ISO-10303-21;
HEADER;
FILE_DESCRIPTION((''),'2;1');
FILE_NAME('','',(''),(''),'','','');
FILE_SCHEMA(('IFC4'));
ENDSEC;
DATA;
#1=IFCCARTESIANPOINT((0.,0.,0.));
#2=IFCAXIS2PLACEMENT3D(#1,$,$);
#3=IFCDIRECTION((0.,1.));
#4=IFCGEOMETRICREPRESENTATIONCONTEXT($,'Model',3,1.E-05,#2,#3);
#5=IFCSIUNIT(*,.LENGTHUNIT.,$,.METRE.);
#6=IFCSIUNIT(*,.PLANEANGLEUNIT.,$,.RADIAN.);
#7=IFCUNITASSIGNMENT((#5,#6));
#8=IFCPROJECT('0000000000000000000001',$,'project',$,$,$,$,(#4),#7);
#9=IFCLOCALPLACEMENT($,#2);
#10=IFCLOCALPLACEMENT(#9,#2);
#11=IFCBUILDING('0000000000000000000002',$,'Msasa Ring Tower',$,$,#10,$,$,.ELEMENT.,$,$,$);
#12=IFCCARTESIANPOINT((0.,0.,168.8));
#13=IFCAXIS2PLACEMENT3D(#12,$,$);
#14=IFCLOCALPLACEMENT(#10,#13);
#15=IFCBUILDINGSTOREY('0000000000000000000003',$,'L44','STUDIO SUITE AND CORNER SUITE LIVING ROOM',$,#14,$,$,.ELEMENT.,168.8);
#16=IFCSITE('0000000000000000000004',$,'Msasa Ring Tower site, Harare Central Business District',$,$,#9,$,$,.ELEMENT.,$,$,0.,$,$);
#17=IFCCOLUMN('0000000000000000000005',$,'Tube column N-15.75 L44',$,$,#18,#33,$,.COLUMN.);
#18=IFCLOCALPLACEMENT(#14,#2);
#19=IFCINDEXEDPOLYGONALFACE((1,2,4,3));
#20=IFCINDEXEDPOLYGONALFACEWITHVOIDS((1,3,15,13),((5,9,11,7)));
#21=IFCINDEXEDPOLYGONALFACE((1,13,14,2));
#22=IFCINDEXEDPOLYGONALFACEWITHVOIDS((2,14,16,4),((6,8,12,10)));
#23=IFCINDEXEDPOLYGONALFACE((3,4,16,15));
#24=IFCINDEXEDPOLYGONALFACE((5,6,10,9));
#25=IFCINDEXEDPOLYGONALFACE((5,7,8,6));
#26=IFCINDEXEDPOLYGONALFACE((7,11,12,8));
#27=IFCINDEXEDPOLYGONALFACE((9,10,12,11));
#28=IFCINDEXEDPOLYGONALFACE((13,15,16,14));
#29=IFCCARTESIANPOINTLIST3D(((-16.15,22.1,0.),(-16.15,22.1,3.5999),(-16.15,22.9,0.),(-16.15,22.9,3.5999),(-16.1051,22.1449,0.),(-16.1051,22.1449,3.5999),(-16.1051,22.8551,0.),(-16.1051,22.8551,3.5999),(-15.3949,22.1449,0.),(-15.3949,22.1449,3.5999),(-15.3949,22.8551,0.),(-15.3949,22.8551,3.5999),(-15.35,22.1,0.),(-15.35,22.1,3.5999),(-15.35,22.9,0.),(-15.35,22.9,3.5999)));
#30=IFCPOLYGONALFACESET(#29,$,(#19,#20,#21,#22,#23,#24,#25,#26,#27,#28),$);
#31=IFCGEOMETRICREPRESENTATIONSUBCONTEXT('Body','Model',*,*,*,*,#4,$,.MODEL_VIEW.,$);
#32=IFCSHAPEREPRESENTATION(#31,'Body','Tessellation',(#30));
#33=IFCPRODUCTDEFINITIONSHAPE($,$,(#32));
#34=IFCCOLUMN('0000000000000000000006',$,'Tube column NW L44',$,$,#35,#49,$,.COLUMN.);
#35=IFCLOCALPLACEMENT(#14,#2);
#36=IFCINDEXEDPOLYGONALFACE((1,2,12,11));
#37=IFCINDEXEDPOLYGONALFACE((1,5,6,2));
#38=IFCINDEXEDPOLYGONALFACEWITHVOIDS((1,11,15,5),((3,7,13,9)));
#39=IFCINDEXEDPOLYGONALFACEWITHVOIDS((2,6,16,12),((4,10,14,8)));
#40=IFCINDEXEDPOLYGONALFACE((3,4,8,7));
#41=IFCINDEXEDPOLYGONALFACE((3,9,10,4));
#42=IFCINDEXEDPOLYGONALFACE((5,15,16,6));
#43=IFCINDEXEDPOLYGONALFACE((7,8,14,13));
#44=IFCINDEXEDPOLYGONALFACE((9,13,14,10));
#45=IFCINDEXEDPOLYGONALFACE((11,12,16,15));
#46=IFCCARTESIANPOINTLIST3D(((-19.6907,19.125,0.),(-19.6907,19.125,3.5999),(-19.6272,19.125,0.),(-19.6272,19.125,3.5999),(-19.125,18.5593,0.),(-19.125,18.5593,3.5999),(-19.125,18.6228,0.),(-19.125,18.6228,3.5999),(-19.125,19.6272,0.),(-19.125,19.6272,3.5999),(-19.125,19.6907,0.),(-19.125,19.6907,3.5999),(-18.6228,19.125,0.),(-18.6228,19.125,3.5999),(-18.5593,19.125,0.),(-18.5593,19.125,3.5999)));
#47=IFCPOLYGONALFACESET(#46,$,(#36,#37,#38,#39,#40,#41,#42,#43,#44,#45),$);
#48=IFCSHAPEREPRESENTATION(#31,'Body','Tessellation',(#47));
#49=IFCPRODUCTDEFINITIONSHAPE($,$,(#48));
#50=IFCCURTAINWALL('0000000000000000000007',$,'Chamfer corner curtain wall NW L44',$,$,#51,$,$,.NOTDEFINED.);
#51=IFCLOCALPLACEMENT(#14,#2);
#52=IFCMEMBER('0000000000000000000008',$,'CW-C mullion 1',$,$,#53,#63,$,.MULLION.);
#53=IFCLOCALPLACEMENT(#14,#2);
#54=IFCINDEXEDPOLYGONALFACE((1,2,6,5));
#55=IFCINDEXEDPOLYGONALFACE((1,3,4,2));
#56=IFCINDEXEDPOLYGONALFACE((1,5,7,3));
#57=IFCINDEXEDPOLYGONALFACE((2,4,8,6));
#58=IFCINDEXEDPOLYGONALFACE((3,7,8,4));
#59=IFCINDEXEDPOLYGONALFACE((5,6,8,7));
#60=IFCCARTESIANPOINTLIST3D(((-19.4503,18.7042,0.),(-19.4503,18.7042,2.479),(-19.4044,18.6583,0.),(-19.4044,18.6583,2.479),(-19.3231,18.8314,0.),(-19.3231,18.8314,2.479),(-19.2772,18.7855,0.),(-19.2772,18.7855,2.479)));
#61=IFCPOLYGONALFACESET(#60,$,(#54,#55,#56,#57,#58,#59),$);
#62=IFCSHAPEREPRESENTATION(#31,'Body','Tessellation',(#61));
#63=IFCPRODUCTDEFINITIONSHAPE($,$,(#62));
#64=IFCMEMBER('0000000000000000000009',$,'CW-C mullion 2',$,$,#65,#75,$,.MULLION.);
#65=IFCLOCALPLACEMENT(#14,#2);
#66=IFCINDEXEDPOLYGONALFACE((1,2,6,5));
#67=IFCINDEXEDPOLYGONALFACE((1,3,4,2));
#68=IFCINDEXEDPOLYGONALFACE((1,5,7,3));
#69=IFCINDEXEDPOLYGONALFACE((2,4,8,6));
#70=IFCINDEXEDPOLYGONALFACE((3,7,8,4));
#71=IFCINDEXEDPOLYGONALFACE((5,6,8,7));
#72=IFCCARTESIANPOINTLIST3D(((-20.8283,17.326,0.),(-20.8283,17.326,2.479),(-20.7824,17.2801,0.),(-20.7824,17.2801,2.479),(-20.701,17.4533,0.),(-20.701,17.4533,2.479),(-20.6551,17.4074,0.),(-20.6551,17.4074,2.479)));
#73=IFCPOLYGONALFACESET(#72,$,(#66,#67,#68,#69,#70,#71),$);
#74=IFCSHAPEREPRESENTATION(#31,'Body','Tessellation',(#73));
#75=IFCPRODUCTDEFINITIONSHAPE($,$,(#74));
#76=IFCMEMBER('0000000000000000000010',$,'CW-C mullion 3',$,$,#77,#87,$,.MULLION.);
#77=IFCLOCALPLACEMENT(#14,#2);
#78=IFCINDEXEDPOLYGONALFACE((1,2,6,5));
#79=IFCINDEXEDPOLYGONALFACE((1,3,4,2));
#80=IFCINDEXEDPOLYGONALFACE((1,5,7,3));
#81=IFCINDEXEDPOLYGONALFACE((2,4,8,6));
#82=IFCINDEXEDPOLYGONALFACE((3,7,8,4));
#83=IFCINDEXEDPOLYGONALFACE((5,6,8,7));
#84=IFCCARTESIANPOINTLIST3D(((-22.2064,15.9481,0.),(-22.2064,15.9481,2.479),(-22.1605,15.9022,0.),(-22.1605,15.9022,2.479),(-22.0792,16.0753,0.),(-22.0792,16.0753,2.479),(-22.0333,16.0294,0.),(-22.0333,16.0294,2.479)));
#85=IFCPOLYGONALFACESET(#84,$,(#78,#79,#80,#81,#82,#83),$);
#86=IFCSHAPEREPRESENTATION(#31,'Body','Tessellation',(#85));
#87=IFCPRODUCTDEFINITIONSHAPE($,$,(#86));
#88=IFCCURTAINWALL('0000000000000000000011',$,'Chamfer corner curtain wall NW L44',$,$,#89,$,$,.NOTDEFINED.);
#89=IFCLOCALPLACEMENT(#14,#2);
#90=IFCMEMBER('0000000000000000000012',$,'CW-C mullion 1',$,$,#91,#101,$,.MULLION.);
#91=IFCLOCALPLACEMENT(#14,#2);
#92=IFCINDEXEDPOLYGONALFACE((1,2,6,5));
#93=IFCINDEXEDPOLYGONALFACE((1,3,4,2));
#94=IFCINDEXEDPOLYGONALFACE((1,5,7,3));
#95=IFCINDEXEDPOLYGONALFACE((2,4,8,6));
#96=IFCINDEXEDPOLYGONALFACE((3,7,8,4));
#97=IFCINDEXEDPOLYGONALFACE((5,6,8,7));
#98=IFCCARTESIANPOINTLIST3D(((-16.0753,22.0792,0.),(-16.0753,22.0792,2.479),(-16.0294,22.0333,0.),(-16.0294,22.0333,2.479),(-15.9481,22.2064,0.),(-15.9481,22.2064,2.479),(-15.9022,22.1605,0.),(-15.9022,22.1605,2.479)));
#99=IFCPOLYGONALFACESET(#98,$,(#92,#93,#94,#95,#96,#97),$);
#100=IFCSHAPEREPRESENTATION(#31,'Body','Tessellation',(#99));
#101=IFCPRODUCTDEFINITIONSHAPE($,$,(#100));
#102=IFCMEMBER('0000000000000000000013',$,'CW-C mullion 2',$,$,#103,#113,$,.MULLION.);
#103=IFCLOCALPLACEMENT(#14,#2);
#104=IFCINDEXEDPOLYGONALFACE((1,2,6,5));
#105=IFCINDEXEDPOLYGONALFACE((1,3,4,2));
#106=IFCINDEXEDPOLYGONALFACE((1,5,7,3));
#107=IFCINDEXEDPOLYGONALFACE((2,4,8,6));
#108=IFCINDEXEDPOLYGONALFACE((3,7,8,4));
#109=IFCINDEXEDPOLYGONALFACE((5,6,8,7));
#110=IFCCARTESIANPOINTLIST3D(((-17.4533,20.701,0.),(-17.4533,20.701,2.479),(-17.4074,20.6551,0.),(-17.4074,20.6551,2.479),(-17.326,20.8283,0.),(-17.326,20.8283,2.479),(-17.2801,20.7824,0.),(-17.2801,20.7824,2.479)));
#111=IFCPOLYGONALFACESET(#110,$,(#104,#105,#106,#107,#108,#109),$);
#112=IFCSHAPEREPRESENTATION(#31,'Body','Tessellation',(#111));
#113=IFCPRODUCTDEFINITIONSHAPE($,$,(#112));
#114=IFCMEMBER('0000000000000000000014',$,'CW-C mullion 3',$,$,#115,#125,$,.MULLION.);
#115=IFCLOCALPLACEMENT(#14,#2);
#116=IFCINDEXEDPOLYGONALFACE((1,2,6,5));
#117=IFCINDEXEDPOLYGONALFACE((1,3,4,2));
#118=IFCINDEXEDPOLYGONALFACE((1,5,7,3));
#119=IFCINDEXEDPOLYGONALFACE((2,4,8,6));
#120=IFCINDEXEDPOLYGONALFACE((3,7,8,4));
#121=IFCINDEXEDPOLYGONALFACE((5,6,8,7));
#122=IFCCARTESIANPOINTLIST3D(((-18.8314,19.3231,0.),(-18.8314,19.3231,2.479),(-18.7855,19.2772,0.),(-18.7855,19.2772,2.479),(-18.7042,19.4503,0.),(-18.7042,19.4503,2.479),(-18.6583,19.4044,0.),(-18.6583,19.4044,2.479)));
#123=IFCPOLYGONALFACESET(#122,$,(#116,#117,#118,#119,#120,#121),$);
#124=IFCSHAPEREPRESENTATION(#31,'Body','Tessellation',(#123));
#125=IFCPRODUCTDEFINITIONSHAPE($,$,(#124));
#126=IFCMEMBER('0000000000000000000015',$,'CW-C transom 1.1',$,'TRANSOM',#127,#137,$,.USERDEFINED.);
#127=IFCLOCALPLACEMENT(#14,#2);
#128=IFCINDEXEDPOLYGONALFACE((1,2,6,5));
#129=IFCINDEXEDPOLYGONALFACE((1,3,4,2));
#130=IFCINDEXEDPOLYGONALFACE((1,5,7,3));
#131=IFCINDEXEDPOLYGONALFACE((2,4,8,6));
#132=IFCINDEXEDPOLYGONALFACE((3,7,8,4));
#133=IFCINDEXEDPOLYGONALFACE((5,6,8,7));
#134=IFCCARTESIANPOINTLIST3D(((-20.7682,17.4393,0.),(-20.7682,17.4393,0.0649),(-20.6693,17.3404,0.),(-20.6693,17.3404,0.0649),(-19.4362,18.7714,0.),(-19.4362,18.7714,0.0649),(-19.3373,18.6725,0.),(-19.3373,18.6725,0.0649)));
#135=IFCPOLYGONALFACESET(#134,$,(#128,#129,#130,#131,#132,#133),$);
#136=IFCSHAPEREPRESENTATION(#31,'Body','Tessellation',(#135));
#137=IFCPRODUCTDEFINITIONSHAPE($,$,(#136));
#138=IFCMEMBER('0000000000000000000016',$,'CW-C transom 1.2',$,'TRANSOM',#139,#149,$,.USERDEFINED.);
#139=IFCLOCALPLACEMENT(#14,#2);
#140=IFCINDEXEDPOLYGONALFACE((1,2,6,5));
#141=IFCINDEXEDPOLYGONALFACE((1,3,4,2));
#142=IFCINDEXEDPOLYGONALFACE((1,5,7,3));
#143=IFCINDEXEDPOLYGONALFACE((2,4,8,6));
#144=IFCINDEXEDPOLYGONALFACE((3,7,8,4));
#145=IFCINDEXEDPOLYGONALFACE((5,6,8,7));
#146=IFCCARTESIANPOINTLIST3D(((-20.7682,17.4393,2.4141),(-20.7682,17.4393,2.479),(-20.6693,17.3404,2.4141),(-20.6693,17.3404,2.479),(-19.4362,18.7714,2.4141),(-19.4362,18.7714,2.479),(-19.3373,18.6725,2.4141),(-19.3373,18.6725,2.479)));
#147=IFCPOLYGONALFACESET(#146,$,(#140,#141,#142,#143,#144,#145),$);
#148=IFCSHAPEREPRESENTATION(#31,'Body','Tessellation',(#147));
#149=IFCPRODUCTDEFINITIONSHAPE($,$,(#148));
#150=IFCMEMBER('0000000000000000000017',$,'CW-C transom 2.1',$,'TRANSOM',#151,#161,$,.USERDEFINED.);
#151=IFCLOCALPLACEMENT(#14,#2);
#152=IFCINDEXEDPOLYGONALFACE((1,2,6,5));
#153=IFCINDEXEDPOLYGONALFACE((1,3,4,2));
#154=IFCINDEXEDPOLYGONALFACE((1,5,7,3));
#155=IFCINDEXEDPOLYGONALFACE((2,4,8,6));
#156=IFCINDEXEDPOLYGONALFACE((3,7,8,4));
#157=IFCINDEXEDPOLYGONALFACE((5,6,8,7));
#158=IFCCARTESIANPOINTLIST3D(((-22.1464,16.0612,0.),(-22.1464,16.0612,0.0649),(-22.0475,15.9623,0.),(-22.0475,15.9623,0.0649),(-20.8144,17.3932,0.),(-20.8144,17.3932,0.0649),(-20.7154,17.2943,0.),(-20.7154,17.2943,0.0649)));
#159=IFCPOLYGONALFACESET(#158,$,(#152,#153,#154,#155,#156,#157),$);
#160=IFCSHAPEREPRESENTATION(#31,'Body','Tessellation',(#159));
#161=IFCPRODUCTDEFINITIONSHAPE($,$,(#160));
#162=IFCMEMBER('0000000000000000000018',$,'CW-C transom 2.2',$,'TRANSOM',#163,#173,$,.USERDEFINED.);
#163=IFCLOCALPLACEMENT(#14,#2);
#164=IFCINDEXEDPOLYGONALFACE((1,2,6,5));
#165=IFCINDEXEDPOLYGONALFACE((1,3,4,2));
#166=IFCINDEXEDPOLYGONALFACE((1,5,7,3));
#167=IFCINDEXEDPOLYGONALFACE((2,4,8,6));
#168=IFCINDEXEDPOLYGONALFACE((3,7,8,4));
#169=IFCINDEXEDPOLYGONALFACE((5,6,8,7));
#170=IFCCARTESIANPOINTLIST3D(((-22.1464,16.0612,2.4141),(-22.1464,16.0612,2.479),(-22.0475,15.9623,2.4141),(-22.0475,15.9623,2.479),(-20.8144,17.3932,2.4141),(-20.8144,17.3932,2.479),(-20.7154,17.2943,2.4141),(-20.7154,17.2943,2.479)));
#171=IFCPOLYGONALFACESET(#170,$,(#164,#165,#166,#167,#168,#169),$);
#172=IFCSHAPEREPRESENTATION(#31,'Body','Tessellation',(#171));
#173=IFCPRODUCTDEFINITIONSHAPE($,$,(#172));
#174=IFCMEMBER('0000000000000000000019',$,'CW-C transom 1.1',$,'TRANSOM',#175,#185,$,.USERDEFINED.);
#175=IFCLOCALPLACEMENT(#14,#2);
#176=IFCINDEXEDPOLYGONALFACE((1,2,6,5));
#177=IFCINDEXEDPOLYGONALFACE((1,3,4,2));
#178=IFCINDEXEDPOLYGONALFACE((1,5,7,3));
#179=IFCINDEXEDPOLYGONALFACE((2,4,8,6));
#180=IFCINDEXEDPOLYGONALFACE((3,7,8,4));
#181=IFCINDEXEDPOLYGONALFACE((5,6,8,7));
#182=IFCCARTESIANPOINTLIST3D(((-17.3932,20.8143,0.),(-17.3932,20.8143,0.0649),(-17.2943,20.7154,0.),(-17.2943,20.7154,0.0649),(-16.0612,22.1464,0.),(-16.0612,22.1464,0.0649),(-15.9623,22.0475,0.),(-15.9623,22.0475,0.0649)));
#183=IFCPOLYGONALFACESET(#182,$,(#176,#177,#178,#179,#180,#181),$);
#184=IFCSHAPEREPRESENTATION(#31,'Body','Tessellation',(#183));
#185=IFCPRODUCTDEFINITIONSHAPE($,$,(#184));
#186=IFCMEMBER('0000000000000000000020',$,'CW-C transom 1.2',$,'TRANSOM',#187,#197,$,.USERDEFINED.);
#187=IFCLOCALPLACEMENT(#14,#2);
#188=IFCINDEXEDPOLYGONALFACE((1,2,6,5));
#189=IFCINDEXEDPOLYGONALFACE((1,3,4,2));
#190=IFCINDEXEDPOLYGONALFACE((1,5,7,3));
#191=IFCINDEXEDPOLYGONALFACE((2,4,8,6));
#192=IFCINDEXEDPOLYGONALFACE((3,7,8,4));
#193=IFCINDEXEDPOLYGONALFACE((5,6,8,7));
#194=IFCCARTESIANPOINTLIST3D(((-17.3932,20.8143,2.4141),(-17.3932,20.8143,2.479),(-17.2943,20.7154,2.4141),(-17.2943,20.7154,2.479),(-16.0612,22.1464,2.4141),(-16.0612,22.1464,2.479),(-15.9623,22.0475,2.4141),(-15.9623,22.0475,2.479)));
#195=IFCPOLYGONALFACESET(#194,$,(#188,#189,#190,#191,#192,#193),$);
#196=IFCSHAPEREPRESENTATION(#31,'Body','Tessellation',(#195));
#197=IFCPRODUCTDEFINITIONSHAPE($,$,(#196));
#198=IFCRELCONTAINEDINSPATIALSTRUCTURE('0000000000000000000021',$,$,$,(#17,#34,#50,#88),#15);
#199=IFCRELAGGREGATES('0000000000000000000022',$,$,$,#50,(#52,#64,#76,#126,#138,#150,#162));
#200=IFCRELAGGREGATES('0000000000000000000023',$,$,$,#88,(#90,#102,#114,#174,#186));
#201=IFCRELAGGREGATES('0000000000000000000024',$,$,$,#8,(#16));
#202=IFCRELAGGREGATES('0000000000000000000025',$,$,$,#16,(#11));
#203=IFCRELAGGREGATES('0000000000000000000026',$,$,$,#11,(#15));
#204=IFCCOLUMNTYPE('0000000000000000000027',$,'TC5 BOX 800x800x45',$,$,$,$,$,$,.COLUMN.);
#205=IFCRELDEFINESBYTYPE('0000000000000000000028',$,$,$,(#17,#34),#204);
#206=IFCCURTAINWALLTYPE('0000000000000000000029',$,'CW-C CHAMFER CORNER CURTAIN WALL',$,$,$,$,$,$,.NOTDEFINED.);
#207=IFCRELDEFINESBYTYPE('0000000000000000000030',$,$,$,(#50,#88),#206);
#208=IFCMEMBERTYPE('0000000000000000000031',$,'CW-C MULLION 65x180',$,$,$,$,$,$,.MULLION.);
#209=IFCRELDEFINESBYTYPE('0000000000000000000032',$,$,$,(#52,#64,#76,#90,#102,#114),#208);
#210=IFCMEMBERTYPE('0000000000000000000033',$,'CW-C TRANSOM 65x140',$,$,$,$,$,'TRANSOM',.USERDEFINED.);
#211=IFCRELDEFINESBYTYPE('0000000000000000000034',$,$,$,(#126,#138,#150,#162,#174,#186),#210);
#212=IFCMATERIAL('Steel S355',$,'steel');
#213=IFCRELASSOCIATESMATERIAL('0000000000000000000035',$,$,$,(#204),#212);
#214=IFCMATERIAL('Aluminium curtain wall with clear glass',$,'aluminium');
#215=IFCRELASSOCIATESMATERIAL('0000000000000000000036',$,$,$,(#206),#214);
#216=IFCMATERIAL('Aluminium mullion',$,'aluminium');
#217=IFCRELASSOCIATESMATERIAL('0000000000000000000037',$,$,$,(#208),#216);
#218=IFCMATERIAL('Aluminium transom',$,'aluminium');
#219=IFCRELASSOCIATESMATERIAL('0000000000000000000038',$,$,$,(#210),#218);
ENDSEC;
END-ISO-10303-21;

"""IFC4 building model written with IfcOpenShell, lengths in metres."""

from ifc_helpers import new_model, si_unit, direction, frame, origin, origin_2d, place, context, subcontext, project, spatial, rectangle, hollow_rectangle, extrude, material, material_profile, profile_set, type_object, element, aggregate, save


model = new_model("IFC4")

# Units and contexts
model_context = context("Model", 3, precision=1e-05, world=origin(), true_north=direction((0.0, 1.0)))
body_context = subcontext(model_context, "Body", "Model", "MODEL_VIEW")
ifc_project = project(units=[si_unit("LENGTHUNIT", "METRE"), si_unit("PLANEANGLEUNIT", "RADIAN")], contexts=[model_context])

# Site, building, storey
site_placement = place(None, origin())
site = spatial("IfcSite", under=ifc_project, at=site_placement, Name="Msasa Ring Tower site, Harare Central Business District", CompositionType="ELEMENT", RefElevation=0.0)
building_placement = place(site_placement, origin())
building = spatial("IfcBuilding", under=site, at=building_placement, Name="Msasa Ring Tower", CompositionType="ELEMENT")
storey_placement = place(building_placement, frame((0.0, 0.0, 168.8)))
storey = spatial("IfcBuildingStorey", under=building, at=storey_placement, Name="L44", Description="STUDIO SUITE AND CORNER SUITE LIVING ROOM", CompositionType="ELEMENT", Elevation=168.8)

# Columns
ifc_material_1 = material(Name="Steel S355", Category="steel")
ifc_material_profile_1 = material_profile(ifc_material_1, hollow_rectangle(XDim=0.8, YDim=0.8, WallThickness=0.0449, at=origin_2d()), Name="BOX 800x800x45")
ifc_profile_set_1 = profile_set([ifc_material_profile_1], Name="Steel S355")
column_type = type_object("IfcColumnType", Name="TC5 BOX 800x800x45", PredefinedType="COLUMN", material=ifc_profile_set_1)
for number, where, z_axis, x_axis, name in (
    (1, (-15.75, 22.5, 0.0), (0.0, 0.0, 1.0), (0.0, 1.0, 0.0), "Tube column N-15.75 L44"),
    (2, (-19.125, 19.125, 0.0), (0.0, 0.0, 1.0), (0.707107, -0.707107, 0.0), "Tube column NW L44"),
):
    element("IfcColumn", number, at=place(storey_placement, frame(where, z_axis=z_axis, x_axis=x_axis)), inside=storey, type_object=column_type, Name=name, PredefinedType="COLUMN", context=body_context, shape_type="SweptSolid", body=[
        extrude(hollow_rectangle(XDim=0.8, YDim=0.8, WallThickness=0.0449, at=origin_2d()), origin(), (0.0, 0.0, 1.0), 3.5999),
    ])

# Curtain walls, members
ifc_material_2 = material(Name="Aluminium curtain wall with clear glass", Category="aluminium")
curtain_wall_type = type_object("IfcCurtainWallType", Name="CW-C CHAMFER CORNER CURTAIN WALL", PredefinedType="NOTDEFINED", material=ifc_material_2)
curtain_wall_1_placement = place(storey_placement, origin())
curtain_wall_1 = element("IfcCurtainWall", 3, at=curtain_wall_1_placement, inside=storey, type_object=curtain_wall_type, Name="Chamfer corner curtain wall NW L44", PredefinedType="NOTDEFINED")
ifc_material_3 = material(Name="Aluminium mullion", Category="aluminium")
ifc_material_profile_2 = material_profile(ifc_material_3, rectangle(XDim=0.0649, YDim=0.1799, at=origin_2d()), Name="AL 65x180")
ifc_profile_set_2 = profile_set([ifc_material_profile_2], Name="Aluminium mullion")
member_type_1 = type_object("IfcMemberType", Name="CW-C MULLION 65x180", PredefinedType="MULLION", material=ifc_profile_set_2)
member_1_placement = place(storey_placement, frame((-19.3638, 18.7449, 0.0), z_axis=(0.0, 0.0, 1.0), x_axis=(0.707107, -0.707107, 0.0)))
member_1 = element("IfcMember", 4, at=member_1_placement, type_object=member_type_1, Name="CW-C mullion 1", PredefinedType="MULLION", context=body_context, shape_type="SweptSolid", body=[
    extrude(rectangle(XDim=0.0649, YDim=0.1799, at=origin_2d()), origin(), (0.0, 0.0, 1.0), 2.479),
])
member_2_placement = place(storey_placement, frame((-20.7417, 17.3667, 0.0), z_axis=(0.0, 0.0, 1.0), x_axis=(0.707107, -0.707107, 0.0)))
member_2 = element("IfcMember", 5, at=member_2_placement, type_object=member_type_1, Name="CW-C mullion 2", PredefinedType="MULLION", context=body_context, shape_type="SweptSolid", body=[
    extrude(rectangle(XDim=0.0649, YDim=0.1799, at=origin_2d()), origin(), (0.0, 0.0, 1.0), 2.479),
])
member_3_placement = place(storey_placement, frame((-22.1199, 15.9888, 0.0), z_axis=(0.0, 0.0, 1.0), x_axis=(0.707107, -0.707107, 0.0)))
member_3 = element("IfcMember", 6, at=member_3_placement, type_object=member_type_1, Name="CW-C mullion 3", PredefinedType="MULLION", context=body_context, shape_type="SweptSolid", body=[
    extrude(rectangle(XDim=0.0649, YDim=0.1799, at=origin_2d()), origin(), (0.0, 0.0, 1.0), 2.479),
])
curtain_wall_2_placement = place(storey_placement, origin())
curtain_wall_2 = element("IfcCurtainWall", 7, at=curtain_wall_2_placement, inside=storey, type_object=curtain_wall_type, Name="Chamfer corner curtain wall NW L44", PredefinedType="NOTDEFINED")
member_4_placement = place(storey_placement, frame((-15.9888, 22.1199, 0.0), z_axis=(0.0, 0.0, 1.0), x_axis=(0.707107, -0.707107, 0.0)))
member_4 = element("IfcMember", 8, at=member_4_placement, type_object=member_type_1, Name="CW-C mullion 1", PredefinedType="MULLION", context=body_context, shape_type="SweptSolid", body=[
    extrude(rectangle(XDim=0.0649, YDim=0.1799, at=origin_2d()), origin(), (0.0, 0.0, 1.0), 2.479),
])
member_5_placement = place(storey_placement, frame((-17.3667, 20.7417, 0.0), z_axis=(0.0, 0.0, 1.0), x_axis=(0.707107, -0.707107, 0.0)))
member_5 = element("IfcMember", 9, at=member_5_placement, type_object=member_type_1, Name="CW-C mullion 2", PredefinedType="MULLION", context=body_context, shape_type="SweptSolid", body=[
    extrude(rectangle(XDim=0.0649, YDim=0.1799, at=origin_2d()), origin(), (0.0, 0.0, 1.0), 2.479),
])
member_6_placement = place(storey_placement, frame((-18.7449, 19.3638, 0.0), z_axis=(0.0, 0.0, 1.0), x_axis=(0.707107, -0.707107, 0.0)))
member_6 = element("IfcMember", 10, at=member_6_placement, type_object=member_type_1, Name="CW-C mullion 3", PredefinedType="MULLION", context=body_context, shape_type="SweptSolid", body=[
    extrude(rectangle(XDim=0.0649, YDim=0.1799, at=origin_2d()), origin(), (0.0, 0.0, 1.0), 2.479),
])

# Members
ifc_material_4 = material(Name="Aluminium transom", Category="aluminium")
ifc_material_profile_3 = material_profile(ifc_material_4, rectangle(XDim=0.1399, YDim=0.0649, at=origin_2d()), Name="AL 65x140")
ifc_profile_set_3 = profile_set([ifc_material_profile_3], Name="Aluminium transom")
member_type_2 = type_object("IfcMemberType", Name="CW-C TRANSOM 65x140", ElementType="TRANSOM", PredefinedType="USERDEFINED", material=ifc_profile_set_3)
member_7_placement = place(storey_placement, frame((-19.3867, 18.7219, 0.0325), z_axis=(-0.707107, -0.707107, 0.0), x_axis=(0.707107, -0.707107, 0.0)))
member_7 = element("IfcMember", 11, at=member_7_placement, type_object=member_type_2, Name="CW-C transom 1.1", ObjectType="TRANSOM", PredefinedType="USERDEFINED", context=body_context, shape_type="SweptSolid", body=[
    extrude(rectangle(XDim=0.1399, YDim=0.0649, at=origin_2d()), origin(), (0.0, 0.0, 1.0), 1.8838),
])
member_8_placement = place(storey_placement, frame((-19.3867, 18.7219, 2.4465), z_axis=(-0.707107, -0.707107, 0.0), x_axis=(0.707107, -0.707107, 0.0)))
member_8 = element("IfcMember", 12, at=member_8_placement, type_object=member_type_2, Name="CW-C transom 1.2", ObjectType="TRANSOM", PredefinedType="USERDEFINED", context=body_context, shape_type="SweptSolid", body=[
    extrude(rectangle(XDim=0.1399, YDim=0.0649, at=origin_2d()), origin(), (0.0, 0.0, 1.0), 1.8838),
])
member_9_placement = place(storey_placement, frame((-20.7649, 17.3438, 0.0325), z_axis=(-0.707107, -0.707107, 0.0), x_axis=(0.707107, -0.707107, 0.0)))
member_9 = element("IfcMember", 13, at=member_9_placement, type_object=member_type_2, Name="CW-C transom 2.1", ObjectType="TRANSOM", PredefinedType="USERDEFINED", context=body_context, shape_type="SweptSolid", body=[
    extrude(rectangle(XDim=0.1399, YDim=0.0649, at=origin_2d()), origin(), (0.0, 0.0, 1.0), 1.8838),
])
member_10_placement = place(storey_placement, frame((-20.7649, 17.3438, 2.4465), z_axis=(-0.707107, -0.707107, 0.0), x_axis=(0.707107, -0.707107, 0.0)))
member_10 = element("IfcMember", 14, at=member_10_placement, type_object=member_type_2, Name="CW-C transom 2.2", ObjectType="TRANSOM", PredefinedType="USERDEFINED", context=body_context, shape_type="SweptSolid", body=[
    extrude(rectangle(XDim=0.1399, YDim=0.0649, at=origin_2d()), origin(), (0.0, 0.0, 1.0), 1.8838),
])
member_11_placement = place(storey_placement, frame((-16.0117, 22.0969, 0.0325), z_axis=(-0.707107, -0.707107, 0.0), x_axis=(0.707107, -0.707107, 0.0)))
member_11 = element("IfcMember", 15, at=member_11_placement, type_object=member_type_2, Name="CW-C transom 1.1", ObjectType="TRANSOM", PredefinedType="USERDEFINED", context=body_context, shape_type="SweptSolid", body=[
    extrude(rectangle(XDim=0.1399, YDim=0.0649, at=origin_2d()), origin(), (0.0, 0.0, 1.0), 1.8838),
])
member_12_placement = place(storey_placement, frame((-16.0117, 22.0969, 2.4465), z_axis=(-0.707107, -0.707107, 0.0), x_axis=(0.707107, -0.707107, 0.0)))
member_12 = element("IfcMember", 16, at=member_12_placement, type_object=member_type_2, Name="CW-C transom 1.2", ObjectType="TRANSOM", PredefinedType="USERDEFINED", context=body_context, shape_type="SweptSolid", body=[
    extrude(rectangle(XDim=0.1399, YDim=0.0649, at=origin_2d()), origin(), (0.0, 0.0, 1.0), 1.8838),
])

aggregate(curtain_wall_1, [member_1, member_2, member_3, member_7, member_8, member_9, member_10])
aggregate(curtain_wall_2, [member_4, member_5, member_6, member_11, member_12])

save(model, "model.ifc")
